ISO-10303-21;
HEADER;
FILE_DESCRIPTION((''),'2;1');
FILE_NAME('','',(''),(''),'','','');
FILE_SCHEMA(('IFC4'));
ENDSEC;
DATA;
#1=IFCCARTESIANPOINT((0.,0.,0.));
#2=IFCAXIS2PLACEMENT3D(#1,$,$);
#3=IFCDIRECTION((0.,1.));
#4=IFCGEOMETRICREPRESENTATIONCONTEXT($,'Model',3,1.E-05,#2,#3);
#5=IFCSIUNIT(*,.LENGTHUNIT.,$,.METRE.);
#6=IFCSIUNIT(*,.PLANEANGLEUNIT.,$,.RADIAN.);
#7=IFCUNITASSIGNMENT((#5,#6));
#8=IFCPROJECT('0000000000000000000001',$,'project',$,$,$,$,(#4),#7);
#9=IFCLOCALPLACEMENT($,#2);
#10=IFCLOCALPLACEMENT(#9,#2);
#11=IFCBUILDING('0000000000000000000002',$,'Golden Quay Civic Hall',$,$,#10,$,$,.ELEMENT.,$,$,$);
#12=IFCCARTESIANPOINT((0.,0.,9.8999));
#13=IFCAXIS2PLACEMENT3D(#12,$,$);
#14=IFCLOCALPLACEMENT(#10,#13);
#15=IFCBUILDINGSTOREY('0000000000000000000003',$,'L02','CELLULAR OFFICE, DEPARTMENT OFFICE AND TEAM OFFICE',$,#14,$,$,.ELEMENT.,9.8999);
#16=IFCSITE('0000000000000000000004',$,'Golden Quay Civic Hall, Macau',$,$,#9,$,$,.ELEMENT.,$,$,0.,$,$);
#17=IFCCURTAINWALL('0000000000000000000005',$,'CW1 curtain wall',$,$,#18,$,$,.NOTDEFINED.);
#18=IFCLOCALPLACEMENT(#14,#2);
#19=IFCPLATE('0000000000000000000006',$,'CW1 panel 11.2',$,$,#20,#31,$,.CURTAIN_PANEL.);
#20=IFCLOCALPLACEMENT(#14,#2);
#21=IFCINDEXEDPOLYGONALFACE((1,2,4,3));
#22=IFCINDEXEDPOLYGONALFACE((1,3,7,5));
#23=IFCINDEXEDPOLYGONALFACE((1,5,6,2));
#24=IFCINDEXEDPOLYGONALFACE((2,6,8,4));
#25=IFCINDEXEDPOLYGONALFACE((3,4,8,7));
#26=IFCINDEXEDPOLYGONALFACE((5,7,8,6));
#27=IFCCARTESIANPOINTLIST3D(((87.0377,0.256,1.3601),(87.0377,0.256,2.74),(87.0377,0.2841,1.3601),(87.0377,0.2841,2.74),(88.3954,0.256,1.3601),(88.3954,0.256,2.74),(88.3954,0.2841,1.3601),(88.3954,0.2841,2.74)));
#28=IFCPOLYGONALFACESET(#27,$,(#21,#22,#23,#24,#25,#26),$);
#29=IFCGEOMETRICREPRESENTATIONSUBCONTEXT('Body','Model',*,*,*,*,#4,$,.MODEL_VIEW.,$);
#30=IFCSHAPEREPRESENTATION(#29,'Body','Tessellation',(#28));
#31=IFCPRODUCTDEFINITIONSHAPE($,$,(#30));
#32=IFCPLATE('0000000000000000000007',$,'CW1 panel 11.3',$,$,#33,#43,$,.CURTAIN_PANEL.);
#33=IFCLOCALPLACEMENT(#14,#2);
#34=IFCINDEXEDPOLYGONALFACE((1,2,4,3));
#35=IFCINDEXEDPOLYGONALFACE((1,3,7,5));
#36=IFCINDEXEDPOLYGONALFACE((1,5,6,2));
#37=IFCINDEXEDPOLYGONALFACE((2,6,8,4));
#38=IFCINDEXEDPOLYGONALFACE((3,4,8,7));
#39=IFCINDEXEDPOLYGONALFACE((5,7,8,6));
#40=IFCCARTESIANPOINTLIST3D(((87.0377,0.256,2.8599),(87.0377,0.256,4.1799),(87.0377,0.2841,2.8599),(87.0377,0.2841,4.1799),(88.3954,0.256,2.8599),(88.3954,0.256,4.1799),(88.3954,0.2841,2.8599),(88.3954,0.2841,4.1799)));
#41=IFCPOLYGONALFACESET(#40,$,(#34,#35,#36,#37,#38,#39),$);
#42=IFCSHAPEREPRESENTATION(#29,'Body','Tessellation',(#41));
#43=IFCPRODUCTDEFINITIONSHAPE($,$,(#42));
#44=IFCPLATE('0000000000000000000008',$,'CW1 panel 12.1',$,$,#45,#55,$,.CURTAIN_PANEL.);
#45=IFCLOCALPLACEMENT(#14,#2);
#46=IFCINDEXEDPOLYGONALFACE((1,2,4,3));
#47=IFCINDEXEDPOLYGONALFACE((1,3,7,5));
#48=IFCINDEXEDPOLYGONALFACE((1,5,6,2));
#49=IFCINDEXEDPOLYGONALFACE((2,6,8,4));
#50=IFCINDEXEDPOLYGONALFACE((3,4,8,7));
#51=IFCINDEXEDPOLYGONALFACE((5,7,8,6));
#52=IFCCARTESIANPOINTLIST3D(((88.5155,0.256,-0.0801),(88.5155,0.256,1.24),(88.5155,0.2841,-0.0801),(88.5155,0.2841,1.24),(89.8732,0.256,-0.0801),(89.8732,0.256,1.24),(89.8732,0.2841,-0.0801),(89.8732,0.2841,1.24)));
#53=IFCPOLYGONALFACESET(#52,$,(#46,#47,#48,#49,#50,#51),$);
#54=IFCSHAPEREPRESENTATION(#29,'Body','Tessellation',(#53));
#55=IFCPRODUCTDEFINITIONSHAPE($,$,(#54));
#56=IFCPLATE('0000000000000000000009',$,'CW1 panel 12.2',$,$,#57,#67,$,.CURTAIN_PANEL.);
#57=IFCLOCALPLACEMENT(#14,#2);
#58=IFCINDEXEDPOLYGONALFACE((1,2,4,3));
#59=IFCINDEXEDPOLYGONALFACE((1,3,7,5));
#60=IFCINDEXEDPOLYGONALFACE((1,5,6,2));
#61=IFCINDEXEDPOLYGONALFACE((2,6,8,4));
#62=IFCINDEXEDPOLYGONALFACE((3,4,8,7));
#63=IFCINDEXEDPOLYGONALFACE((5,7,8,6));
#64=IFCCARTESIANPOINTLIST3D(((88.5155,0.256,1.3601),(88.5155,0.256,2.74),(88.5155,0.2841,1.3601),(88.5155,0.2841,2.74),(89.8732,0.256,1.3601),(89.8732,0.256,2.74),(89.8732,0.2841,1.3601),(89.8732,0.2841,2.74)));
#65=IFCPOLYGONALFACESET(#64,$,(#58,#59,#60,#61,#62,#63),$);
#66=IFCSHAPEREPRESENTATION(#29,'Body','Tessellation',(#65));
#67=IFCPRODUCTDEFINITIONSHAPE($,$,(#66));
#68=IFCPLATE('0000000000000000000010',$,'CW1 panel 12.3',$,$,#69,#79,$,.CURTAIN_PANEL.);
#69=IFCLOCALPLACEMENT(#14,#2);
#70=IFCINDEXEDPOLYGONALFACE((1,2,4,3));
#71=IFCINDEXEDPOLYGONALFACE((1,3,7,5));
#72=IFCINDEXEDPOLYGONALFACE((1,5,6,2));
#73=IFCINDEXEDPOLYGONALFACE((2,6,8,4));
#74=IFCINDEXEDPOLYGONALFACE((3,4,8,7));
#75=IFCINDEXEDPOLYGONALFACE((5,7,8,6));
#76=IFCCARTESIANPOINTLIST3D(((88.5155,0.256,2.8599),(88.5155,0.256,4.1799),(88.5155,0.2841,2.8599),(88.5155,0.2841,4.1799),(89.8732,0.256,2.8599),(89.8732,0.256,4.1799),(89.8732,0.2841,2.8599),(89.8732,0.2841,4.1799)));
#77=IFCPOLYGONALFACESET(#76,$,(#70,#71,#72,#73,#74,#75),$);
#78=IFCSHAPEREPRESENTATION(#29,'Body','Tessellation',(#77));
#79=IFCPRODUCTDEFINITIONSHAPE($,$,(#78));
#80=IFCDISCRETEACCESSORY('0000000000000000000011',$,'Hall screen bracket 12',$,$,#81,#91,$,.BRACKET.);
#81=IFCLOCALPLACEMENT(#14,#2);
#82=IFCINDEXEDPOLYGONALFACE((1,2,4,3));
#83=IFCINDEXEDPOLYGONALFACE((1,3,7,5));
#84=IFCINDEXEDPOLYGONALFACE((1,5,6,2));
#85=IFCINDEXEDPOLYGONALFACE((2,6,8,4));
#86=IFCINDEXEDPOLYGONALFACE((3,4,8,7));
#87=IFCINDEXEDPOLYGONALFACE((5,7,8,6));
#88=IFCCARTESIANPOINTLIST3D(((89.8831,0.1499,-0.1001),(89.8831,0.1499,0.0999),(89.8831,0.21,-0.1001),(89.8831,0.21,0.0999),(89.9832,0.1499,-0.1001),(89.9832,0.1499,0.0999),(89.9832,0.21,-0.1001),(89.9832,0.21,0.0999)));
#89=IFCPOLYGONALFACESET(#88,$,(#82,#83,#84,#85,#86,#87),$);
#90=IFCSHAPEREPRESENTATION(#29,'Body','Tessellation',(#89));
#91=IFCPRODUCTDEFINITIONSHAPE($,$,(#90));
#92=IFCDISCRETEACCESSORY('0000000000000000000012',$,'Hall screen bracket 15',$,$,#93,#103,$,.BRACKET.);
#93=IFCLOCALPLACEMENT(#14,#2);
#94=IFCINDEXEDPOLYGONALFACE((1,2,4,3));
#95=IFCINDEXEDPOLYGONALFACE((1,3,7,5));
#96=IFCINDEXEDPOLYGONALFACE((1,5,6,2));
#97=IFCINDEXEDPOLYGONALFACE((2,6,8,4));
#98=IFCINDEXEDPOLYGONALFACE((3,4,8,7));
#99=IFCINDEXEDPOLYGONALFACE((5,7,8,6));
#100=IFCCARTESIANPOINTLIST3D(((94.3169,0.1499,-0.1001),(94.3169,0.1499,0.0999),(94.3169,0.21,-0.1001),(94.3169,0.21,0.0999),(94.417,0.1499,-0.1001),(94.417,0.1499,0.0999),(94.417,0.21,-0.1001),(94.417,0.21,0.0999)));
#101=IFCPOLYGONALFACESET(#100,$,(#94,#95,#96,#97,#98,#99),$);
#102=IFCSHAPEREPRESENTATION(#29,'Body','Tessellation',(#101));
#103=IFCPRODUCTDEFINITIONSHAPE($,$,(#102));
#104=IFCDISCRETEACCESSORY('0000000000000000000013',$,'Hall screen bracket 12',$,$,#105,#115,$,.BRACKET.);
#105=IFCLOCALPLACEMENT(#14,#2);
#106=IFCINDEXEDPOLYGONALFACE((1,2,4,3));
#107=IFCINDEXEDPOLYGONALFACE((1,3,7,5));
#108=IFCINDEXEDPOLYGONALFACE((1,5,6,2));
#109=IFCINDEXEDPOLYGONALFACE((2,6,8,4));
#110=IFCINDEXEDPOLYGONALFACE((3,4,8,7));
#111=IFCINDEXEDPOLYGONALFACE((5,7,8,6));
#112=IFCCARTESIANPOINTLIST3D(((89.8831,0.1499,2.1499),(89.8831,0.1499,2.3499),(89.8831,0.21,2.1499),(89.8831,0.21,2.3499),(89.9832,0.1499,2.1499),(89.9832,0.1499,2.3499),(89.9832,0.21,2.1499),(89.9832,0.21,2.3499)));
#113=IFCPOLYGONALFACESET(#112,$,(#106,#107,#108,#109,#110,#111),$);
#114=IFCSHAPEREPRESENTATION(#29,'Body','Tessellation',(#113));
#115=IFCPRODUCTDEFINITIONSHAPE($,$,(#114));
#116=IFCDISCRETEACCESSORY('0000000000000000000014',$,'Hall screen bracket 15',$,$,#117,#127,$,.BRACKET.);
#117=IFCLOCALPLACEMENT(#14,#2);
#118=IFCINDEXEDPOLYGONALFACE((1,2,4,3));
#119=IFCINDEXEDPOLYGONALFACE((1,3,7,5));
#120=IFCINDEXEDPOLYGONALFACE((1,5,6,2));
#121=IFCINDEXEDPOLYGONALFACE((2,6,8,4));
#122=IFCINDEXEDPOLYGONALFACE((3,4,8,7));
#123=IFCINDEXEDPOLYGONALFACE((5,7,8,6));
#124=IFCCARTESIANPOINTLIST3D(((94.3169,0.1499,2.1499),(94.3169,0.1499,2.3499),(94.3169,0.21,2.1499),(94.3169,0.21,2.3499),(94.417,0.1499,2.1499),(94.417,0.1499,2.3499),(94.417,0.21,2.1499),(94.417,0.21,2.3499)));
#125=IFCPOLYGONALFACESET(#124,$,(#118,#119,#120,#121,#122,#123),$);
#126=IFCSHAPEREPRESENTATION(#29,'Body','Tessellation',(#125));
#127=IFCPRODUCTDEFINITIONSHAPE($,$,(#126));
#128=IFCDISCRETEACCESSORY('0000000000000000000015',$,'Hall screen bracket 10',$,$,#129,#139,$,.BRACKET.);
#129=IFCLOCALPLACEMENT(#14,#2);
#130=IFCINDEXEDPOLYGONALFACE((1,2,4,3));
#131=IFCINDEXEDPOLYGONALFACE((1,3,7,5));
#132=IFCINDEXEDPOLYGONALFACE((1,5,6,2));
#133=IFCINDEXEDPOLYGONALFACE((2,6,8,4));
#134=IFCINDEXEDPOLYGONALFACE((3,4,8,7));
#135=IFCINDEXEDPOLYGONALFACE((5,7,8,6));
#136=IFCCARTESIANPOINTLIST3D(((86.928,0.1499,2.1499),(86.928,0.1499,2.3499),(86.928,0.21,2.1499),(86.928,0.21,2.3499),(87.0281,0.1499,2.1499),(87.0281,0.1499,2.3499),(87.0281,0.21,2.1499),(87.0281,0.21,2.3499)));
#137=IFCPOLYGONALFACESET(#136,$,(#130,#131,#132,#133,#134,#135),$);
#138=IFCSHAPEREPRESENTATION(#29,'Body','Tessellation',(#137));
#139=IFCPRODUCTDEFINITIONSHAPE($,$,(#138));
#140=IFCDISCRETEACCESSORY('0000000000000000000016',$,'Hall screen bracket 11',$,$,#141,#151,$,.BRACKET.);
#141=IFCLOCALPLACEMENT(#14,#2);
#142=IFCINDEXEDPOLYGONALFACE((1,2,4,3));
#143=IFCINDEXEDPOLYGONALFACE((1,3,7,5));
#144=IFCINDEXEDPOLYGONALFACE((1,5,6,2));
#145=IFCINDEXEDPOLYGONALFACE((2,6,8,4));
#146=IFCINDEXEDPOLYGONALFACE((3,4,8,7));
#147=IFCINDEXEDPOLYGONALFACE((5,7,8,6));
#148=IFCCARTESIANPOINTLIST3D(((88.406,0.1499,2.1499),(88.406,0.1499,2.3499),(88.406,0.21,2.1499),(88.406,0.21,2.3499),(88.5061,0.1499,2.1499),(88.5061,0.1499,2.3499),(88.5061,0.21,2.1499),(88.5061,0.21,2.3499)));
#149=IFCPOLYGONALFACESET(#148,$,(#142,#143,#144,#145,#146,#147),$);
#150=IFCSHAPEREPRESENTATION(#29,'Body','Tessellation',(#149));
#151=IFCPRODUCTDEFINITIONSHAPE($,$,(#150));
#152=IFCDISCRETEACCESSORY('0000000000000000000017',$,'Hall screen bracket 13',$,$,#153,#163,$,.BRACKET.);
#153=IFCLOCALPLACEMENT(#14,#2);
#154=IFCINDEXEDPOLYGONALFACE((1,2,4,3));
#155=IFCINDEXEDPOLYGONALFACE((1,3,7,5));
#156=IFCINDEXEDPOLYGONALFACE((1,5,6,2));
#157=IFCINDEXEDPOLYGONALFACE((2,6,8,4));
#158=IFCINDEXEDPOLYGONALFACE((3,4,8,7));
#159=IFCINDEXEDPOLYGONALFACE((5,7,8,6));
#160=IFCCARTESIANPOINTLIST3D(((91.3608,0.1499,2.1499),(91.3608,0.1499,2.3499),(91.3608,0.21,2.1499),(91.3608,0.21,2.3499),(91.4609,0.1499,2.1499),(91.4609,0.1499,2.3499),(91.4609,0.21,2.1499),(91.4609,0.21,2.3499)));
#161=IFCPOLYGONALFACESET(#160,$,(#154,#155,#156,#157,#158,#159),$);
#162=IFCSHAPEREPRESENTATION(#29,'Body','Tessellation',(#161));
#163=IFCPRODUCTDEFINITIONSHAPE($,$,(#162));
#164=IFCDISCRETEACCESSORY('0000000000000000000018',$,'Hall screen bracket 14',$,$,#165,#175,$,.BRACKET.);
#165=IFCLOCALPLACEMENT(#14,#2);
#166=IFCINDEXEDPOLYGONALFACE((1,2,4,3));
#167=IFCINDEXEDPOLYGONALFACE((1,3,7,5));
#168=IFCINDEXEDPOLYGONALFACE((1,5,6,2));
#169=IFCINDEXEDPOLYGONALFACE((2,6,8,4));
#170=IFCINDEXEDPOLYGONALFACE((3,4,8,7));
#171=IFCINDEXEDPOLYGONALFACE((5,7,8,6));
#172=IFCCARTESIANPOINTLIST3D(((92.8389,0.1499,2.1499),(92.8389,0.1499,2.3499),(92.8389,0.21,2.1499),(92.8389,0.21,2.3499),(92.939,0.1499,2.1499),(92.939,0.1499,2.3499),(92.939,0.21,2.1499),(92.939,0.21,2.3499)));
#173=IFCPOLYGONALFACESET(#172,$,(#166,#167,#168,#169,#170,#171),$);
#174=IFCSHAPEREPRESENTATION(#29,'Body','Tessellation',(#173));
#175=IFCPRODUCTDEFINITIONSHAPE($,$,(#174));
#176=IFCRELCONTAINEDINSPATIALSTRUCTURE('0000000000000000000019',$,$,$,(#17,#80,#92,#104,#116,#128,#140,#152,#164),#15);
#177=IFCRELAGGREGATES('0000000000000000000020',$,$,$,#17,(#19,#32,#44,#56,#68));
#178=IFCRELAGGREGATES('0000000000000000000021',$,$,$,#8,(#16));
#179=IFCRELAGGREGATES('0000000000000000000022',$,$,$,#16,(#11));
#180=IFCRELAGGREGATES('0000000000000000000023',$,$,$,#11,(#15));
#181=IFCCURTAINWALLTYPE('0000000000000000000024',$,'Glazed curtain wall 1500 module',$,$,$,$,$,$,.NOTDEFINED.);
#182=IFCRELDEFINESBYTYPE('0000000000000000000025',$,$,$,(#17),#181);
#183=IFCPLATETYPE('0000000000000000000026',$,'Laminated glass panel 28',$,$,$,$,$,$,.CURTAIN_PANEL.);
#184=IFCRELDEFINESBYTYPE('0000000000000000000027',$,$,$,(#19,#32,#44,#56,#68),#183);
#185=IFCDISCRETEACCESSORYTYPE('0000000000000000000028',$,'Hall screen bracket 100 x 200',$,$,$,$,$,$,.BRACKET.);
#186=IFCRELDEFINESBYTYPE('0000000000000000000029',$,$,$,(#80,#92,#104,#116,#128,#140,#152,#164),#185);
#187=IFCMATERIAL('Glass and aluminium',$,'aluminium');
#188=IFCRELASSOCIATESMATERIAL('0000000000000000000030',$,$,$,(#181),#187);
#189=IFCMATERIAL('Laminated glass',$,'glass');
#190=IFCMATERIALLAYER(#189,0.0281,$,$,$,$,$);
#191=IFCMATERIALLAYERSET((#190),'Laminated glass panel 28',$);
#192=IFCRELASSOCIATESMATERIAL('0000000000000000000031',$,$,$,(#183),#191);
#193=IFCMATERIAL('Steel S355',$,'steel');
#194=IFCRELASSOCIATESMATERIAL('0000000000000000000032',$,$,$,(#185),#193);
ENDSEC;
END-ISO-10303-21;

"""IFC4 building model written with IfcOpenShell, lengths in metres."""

from ifc_helpers import new_model, si_unit, direction, frame, origin, origin_2d, place, context, subcontext, project, spatial, rectangle, extrude, material, layer, layer_set, type_object, element, aggregate, save


model = new_model("IFC4")

# Units and contexts
model_context = context("Model", 3, precision=1e-05, world=origin(), true_north=direction((0.0, 1.0)))
body_context = subcontext(model_context, "Body", "Model", "MODEL_VIEW")
ifc_project = project(units=[si_unit("LENGTHUNIT", "METRE"), si_unit("PLANEANGLEUNIT", "RADIAN")], contexts=[model_context])

# Site, building, storey
site_placement = place(None, origin())
site = spatial("IfcSite", under=ifc_project, at=site_placement, Name="Golden Quay Civic Hall, Macau", CompositionType="ELEMENT", RefElevation=0.0)
building_placement = place(site_placement, origin())
building = spatial("IfcBuilding", under=site, at=building_placement, Name="Golden Quay Civic Hall", CompositionType="ELEMENT")
storey_placement = place(building_placement, frame((0.0, 0.0, 9.8999)))
storey = spatial("IfcBuildingStorey", under=building, at=storey_placement, Name="L02", Description="CELLULAR OFFICE, DEPARTMENT OFFICE AND TEAM OFFICE", CompositionType="ELEMENT", Elevation=9.8999)

# Curtain wall, plates
ifc_material_1 = material(Name="Glass and aluminium", Category="aluminium")
curtain_wall_type = type_object("IfcCurtainWallType", Name="Glazed curtain wall 1500 module", PredefinedType="NOTDEFINED", material=ifc_material_1)
curtain_wall_placement = place(storey_placement, origin())
curtain_wall = element("IfcCurtainWall", 1, at=curtain_wall_placement, inside=storey, type_object=curtain_wall_type, Name="CW1 curtain wall", PredefinedType="NOTDEFINED")
ifc_material_2 = material(Name="Laminated glass", Category="glass")
ifc_layer = layer(ifc_material_2, 0.0281)
ifc_layer_set = layer_set([ifc_layer], Name="Laminated glass panel 28")
plate_type = type_object("IfcPlateType", Name="Laminated glass panel 28", PredefinedType="CURTAIN_PANEL", material=ifc_layer_set)
plate_1_placement = place(storey_placement, frame((87.7166, 0.27, 1.3601), z_axis=(0.0, 0.0, 1.0), x_axis=(1.0, 0.0, 0.0)))
plate_1 = element("IfcPlate", 2, at=plate_1_placement, type_object=plate_type, Name="CW1 panel 11.2", PredefinedType="CURTAIN_PANEL", context=body_context, shape_type="SweptSolid", body=[
    extrude(rectangle(XDim=1.3577, YDim=0.0281, at=origin_2d()), origin(), (0.0, 0.0, 1.0), 1.3799),
])
plate_2_placement = place(storey_placement, frame((87.7166, 0.27, 2.8599), z_axis=(0.0, 0.0, 1.0), x_axis=(1.0, 0.0, 0.0)))
plate_2 = element("IfcPlate", 3, at=plate_2_placement, type_object=plate_type, Name="CW1 panel 11.3", PredefinedType="CURTAIN_PANEL", context=body_context, shape_type="SweptSolid", body=[
    extrude(rectangle(XDim=1.3577, YDim=0.0281, at=origin_2d()), origin(), (0.0, 0.0, 1.0), 1.3201),
])
plate_3_placement = place(storey_placement, frame((89.1943, 0.27, -0.0801), z_axis=(0.0, 0.0, 1.0), x_axis=(1.0, 0.0, 0.0)))
plate_3 = element("IfcPlate", 4, at=plate_3_placement, type_object=plate_type, Name="CW1 panel 12.1", PredefinedType="CURTAIN_PANEL", context=body_context, shape_type="SweptSolid", body=[
    extrude(rectangle(XDim=1.3577, YDim=0.0281, at=origin_2d()), origin(), (0.0, 0.0, 1.0), 1.3201),
])
plate_4_placement = place(storey_placement, frame((89.1943, 0.27, 1.3601), z_axis=(0.0, 0.0, 1.0), x_axis=(1.0, 0.0, 0.0)))
plate_4 = element("IfcPlate", 5, at=plate_4_placement, type_object=plate_type, Name="CW1 panel 12.2", PredefinedType="CURTAIN_PANEL", context=body_context, shape_type="SweptSolid", body=[
    extrude(rectangle(XDim=1.3577, YDim=0.0281, at=origin_2d()), origin(), (0.0, 0.0, 1.0), 1.3799),
])
plate_5_placement = place(storey_placement, frame((89.1943, 0.27, 2.8599), z_axis=(0.0, 0.0, 1.0), x_axis=(1.0, 0.0, 0.0)))
plate_5 = element("IfcPlate", 6, at=plate_5_placement, type_object=plate_type, Name="CW1 panel 12.3", PredefinedType="CURTAIN_PANEL", context=body_context, shape_type="SweptSolid", body=[
    extrude(rectangle(XDim=1.3577, YDim=0.0281, at=origin_2d()), origin(), (0.0, 0.0, 1.0), 1.3201),
])
aggregate(curtain_wall, [plate_1, plate_2, plate_3, plate_4, plate_5])

# Discrete accessories
ifc_material_3 = material(Name="Steel S355", Category="steel")
discrete_accessory_type = type_object("IfcDiscreteAccessoryType", Name="Hall screen bracket 100 x 200", PredefinedType="BRACKET", material=ifc_material_3)
for number, where, z_axis, x_axis, name in (
    (7, (89.9331, 0.1799, -0.1001), (0.0, 0.0, 1.0), (1.0, 0.0, 0.0), "Hall screen bracket 12"),
    (8, (94.3669, 0.1799, -0.1001), (0.0, 0.0, 1.0), (1.0, 0.0, 0.0), "Hall screen bracket 15"),
    (9, (89.9331, 0.1799, 2.1499), (0.0, 0.0, 1.0), (1.0, 0.0, 0.0), "Hall screen bracket 12"),
    (10, (94.3669, 0.1799, 2.1499), (0.0, 0.0, 1.0), (1.0, 0.0, 0.0), "Hall screen bracket 15"),
    (11, (86.978, 0.1799, 2.1499), (0.0, 0.0, 1.0), (1.0, 0.0, 0.0), "Hall screen bracket 10"),
    (12, (88.4561, 0.1799, 2.1499), (0.0, 0.0, 1.0), (1.0, 0.0, 0.0), "Hall screen bracket 11"),
    (13, (91.4109, 0.1799, 2.1499), (0.0, 0.0, 1.0), (1.0, 0.0, 0.0), "Hall screen bracket 13"),
    (14, (92.8889, 0.1799, 2.1499), (0.0, 0.0, 1.0), (1.0, 0.0, 0.0), "Hall screen bracket 14"),
):
    element("IfcDiscreteAccessory", number, at=place(storey_placement, frame(where, z_axis=z_axis, x_axis=x_axis)), inside=storey, type_object=discrete_accessory_type, Name=name, PredefinedType="BRACKET", context=body_context, shape_type="SweptSolid", body=[
        extrude(rectangle(XDim=0.1001, YDim=0.0601, at=origin_2d()), origin(), (0.0, 0.0, 1.0), 0.2),
    ])

save(model, "model.ifc")
